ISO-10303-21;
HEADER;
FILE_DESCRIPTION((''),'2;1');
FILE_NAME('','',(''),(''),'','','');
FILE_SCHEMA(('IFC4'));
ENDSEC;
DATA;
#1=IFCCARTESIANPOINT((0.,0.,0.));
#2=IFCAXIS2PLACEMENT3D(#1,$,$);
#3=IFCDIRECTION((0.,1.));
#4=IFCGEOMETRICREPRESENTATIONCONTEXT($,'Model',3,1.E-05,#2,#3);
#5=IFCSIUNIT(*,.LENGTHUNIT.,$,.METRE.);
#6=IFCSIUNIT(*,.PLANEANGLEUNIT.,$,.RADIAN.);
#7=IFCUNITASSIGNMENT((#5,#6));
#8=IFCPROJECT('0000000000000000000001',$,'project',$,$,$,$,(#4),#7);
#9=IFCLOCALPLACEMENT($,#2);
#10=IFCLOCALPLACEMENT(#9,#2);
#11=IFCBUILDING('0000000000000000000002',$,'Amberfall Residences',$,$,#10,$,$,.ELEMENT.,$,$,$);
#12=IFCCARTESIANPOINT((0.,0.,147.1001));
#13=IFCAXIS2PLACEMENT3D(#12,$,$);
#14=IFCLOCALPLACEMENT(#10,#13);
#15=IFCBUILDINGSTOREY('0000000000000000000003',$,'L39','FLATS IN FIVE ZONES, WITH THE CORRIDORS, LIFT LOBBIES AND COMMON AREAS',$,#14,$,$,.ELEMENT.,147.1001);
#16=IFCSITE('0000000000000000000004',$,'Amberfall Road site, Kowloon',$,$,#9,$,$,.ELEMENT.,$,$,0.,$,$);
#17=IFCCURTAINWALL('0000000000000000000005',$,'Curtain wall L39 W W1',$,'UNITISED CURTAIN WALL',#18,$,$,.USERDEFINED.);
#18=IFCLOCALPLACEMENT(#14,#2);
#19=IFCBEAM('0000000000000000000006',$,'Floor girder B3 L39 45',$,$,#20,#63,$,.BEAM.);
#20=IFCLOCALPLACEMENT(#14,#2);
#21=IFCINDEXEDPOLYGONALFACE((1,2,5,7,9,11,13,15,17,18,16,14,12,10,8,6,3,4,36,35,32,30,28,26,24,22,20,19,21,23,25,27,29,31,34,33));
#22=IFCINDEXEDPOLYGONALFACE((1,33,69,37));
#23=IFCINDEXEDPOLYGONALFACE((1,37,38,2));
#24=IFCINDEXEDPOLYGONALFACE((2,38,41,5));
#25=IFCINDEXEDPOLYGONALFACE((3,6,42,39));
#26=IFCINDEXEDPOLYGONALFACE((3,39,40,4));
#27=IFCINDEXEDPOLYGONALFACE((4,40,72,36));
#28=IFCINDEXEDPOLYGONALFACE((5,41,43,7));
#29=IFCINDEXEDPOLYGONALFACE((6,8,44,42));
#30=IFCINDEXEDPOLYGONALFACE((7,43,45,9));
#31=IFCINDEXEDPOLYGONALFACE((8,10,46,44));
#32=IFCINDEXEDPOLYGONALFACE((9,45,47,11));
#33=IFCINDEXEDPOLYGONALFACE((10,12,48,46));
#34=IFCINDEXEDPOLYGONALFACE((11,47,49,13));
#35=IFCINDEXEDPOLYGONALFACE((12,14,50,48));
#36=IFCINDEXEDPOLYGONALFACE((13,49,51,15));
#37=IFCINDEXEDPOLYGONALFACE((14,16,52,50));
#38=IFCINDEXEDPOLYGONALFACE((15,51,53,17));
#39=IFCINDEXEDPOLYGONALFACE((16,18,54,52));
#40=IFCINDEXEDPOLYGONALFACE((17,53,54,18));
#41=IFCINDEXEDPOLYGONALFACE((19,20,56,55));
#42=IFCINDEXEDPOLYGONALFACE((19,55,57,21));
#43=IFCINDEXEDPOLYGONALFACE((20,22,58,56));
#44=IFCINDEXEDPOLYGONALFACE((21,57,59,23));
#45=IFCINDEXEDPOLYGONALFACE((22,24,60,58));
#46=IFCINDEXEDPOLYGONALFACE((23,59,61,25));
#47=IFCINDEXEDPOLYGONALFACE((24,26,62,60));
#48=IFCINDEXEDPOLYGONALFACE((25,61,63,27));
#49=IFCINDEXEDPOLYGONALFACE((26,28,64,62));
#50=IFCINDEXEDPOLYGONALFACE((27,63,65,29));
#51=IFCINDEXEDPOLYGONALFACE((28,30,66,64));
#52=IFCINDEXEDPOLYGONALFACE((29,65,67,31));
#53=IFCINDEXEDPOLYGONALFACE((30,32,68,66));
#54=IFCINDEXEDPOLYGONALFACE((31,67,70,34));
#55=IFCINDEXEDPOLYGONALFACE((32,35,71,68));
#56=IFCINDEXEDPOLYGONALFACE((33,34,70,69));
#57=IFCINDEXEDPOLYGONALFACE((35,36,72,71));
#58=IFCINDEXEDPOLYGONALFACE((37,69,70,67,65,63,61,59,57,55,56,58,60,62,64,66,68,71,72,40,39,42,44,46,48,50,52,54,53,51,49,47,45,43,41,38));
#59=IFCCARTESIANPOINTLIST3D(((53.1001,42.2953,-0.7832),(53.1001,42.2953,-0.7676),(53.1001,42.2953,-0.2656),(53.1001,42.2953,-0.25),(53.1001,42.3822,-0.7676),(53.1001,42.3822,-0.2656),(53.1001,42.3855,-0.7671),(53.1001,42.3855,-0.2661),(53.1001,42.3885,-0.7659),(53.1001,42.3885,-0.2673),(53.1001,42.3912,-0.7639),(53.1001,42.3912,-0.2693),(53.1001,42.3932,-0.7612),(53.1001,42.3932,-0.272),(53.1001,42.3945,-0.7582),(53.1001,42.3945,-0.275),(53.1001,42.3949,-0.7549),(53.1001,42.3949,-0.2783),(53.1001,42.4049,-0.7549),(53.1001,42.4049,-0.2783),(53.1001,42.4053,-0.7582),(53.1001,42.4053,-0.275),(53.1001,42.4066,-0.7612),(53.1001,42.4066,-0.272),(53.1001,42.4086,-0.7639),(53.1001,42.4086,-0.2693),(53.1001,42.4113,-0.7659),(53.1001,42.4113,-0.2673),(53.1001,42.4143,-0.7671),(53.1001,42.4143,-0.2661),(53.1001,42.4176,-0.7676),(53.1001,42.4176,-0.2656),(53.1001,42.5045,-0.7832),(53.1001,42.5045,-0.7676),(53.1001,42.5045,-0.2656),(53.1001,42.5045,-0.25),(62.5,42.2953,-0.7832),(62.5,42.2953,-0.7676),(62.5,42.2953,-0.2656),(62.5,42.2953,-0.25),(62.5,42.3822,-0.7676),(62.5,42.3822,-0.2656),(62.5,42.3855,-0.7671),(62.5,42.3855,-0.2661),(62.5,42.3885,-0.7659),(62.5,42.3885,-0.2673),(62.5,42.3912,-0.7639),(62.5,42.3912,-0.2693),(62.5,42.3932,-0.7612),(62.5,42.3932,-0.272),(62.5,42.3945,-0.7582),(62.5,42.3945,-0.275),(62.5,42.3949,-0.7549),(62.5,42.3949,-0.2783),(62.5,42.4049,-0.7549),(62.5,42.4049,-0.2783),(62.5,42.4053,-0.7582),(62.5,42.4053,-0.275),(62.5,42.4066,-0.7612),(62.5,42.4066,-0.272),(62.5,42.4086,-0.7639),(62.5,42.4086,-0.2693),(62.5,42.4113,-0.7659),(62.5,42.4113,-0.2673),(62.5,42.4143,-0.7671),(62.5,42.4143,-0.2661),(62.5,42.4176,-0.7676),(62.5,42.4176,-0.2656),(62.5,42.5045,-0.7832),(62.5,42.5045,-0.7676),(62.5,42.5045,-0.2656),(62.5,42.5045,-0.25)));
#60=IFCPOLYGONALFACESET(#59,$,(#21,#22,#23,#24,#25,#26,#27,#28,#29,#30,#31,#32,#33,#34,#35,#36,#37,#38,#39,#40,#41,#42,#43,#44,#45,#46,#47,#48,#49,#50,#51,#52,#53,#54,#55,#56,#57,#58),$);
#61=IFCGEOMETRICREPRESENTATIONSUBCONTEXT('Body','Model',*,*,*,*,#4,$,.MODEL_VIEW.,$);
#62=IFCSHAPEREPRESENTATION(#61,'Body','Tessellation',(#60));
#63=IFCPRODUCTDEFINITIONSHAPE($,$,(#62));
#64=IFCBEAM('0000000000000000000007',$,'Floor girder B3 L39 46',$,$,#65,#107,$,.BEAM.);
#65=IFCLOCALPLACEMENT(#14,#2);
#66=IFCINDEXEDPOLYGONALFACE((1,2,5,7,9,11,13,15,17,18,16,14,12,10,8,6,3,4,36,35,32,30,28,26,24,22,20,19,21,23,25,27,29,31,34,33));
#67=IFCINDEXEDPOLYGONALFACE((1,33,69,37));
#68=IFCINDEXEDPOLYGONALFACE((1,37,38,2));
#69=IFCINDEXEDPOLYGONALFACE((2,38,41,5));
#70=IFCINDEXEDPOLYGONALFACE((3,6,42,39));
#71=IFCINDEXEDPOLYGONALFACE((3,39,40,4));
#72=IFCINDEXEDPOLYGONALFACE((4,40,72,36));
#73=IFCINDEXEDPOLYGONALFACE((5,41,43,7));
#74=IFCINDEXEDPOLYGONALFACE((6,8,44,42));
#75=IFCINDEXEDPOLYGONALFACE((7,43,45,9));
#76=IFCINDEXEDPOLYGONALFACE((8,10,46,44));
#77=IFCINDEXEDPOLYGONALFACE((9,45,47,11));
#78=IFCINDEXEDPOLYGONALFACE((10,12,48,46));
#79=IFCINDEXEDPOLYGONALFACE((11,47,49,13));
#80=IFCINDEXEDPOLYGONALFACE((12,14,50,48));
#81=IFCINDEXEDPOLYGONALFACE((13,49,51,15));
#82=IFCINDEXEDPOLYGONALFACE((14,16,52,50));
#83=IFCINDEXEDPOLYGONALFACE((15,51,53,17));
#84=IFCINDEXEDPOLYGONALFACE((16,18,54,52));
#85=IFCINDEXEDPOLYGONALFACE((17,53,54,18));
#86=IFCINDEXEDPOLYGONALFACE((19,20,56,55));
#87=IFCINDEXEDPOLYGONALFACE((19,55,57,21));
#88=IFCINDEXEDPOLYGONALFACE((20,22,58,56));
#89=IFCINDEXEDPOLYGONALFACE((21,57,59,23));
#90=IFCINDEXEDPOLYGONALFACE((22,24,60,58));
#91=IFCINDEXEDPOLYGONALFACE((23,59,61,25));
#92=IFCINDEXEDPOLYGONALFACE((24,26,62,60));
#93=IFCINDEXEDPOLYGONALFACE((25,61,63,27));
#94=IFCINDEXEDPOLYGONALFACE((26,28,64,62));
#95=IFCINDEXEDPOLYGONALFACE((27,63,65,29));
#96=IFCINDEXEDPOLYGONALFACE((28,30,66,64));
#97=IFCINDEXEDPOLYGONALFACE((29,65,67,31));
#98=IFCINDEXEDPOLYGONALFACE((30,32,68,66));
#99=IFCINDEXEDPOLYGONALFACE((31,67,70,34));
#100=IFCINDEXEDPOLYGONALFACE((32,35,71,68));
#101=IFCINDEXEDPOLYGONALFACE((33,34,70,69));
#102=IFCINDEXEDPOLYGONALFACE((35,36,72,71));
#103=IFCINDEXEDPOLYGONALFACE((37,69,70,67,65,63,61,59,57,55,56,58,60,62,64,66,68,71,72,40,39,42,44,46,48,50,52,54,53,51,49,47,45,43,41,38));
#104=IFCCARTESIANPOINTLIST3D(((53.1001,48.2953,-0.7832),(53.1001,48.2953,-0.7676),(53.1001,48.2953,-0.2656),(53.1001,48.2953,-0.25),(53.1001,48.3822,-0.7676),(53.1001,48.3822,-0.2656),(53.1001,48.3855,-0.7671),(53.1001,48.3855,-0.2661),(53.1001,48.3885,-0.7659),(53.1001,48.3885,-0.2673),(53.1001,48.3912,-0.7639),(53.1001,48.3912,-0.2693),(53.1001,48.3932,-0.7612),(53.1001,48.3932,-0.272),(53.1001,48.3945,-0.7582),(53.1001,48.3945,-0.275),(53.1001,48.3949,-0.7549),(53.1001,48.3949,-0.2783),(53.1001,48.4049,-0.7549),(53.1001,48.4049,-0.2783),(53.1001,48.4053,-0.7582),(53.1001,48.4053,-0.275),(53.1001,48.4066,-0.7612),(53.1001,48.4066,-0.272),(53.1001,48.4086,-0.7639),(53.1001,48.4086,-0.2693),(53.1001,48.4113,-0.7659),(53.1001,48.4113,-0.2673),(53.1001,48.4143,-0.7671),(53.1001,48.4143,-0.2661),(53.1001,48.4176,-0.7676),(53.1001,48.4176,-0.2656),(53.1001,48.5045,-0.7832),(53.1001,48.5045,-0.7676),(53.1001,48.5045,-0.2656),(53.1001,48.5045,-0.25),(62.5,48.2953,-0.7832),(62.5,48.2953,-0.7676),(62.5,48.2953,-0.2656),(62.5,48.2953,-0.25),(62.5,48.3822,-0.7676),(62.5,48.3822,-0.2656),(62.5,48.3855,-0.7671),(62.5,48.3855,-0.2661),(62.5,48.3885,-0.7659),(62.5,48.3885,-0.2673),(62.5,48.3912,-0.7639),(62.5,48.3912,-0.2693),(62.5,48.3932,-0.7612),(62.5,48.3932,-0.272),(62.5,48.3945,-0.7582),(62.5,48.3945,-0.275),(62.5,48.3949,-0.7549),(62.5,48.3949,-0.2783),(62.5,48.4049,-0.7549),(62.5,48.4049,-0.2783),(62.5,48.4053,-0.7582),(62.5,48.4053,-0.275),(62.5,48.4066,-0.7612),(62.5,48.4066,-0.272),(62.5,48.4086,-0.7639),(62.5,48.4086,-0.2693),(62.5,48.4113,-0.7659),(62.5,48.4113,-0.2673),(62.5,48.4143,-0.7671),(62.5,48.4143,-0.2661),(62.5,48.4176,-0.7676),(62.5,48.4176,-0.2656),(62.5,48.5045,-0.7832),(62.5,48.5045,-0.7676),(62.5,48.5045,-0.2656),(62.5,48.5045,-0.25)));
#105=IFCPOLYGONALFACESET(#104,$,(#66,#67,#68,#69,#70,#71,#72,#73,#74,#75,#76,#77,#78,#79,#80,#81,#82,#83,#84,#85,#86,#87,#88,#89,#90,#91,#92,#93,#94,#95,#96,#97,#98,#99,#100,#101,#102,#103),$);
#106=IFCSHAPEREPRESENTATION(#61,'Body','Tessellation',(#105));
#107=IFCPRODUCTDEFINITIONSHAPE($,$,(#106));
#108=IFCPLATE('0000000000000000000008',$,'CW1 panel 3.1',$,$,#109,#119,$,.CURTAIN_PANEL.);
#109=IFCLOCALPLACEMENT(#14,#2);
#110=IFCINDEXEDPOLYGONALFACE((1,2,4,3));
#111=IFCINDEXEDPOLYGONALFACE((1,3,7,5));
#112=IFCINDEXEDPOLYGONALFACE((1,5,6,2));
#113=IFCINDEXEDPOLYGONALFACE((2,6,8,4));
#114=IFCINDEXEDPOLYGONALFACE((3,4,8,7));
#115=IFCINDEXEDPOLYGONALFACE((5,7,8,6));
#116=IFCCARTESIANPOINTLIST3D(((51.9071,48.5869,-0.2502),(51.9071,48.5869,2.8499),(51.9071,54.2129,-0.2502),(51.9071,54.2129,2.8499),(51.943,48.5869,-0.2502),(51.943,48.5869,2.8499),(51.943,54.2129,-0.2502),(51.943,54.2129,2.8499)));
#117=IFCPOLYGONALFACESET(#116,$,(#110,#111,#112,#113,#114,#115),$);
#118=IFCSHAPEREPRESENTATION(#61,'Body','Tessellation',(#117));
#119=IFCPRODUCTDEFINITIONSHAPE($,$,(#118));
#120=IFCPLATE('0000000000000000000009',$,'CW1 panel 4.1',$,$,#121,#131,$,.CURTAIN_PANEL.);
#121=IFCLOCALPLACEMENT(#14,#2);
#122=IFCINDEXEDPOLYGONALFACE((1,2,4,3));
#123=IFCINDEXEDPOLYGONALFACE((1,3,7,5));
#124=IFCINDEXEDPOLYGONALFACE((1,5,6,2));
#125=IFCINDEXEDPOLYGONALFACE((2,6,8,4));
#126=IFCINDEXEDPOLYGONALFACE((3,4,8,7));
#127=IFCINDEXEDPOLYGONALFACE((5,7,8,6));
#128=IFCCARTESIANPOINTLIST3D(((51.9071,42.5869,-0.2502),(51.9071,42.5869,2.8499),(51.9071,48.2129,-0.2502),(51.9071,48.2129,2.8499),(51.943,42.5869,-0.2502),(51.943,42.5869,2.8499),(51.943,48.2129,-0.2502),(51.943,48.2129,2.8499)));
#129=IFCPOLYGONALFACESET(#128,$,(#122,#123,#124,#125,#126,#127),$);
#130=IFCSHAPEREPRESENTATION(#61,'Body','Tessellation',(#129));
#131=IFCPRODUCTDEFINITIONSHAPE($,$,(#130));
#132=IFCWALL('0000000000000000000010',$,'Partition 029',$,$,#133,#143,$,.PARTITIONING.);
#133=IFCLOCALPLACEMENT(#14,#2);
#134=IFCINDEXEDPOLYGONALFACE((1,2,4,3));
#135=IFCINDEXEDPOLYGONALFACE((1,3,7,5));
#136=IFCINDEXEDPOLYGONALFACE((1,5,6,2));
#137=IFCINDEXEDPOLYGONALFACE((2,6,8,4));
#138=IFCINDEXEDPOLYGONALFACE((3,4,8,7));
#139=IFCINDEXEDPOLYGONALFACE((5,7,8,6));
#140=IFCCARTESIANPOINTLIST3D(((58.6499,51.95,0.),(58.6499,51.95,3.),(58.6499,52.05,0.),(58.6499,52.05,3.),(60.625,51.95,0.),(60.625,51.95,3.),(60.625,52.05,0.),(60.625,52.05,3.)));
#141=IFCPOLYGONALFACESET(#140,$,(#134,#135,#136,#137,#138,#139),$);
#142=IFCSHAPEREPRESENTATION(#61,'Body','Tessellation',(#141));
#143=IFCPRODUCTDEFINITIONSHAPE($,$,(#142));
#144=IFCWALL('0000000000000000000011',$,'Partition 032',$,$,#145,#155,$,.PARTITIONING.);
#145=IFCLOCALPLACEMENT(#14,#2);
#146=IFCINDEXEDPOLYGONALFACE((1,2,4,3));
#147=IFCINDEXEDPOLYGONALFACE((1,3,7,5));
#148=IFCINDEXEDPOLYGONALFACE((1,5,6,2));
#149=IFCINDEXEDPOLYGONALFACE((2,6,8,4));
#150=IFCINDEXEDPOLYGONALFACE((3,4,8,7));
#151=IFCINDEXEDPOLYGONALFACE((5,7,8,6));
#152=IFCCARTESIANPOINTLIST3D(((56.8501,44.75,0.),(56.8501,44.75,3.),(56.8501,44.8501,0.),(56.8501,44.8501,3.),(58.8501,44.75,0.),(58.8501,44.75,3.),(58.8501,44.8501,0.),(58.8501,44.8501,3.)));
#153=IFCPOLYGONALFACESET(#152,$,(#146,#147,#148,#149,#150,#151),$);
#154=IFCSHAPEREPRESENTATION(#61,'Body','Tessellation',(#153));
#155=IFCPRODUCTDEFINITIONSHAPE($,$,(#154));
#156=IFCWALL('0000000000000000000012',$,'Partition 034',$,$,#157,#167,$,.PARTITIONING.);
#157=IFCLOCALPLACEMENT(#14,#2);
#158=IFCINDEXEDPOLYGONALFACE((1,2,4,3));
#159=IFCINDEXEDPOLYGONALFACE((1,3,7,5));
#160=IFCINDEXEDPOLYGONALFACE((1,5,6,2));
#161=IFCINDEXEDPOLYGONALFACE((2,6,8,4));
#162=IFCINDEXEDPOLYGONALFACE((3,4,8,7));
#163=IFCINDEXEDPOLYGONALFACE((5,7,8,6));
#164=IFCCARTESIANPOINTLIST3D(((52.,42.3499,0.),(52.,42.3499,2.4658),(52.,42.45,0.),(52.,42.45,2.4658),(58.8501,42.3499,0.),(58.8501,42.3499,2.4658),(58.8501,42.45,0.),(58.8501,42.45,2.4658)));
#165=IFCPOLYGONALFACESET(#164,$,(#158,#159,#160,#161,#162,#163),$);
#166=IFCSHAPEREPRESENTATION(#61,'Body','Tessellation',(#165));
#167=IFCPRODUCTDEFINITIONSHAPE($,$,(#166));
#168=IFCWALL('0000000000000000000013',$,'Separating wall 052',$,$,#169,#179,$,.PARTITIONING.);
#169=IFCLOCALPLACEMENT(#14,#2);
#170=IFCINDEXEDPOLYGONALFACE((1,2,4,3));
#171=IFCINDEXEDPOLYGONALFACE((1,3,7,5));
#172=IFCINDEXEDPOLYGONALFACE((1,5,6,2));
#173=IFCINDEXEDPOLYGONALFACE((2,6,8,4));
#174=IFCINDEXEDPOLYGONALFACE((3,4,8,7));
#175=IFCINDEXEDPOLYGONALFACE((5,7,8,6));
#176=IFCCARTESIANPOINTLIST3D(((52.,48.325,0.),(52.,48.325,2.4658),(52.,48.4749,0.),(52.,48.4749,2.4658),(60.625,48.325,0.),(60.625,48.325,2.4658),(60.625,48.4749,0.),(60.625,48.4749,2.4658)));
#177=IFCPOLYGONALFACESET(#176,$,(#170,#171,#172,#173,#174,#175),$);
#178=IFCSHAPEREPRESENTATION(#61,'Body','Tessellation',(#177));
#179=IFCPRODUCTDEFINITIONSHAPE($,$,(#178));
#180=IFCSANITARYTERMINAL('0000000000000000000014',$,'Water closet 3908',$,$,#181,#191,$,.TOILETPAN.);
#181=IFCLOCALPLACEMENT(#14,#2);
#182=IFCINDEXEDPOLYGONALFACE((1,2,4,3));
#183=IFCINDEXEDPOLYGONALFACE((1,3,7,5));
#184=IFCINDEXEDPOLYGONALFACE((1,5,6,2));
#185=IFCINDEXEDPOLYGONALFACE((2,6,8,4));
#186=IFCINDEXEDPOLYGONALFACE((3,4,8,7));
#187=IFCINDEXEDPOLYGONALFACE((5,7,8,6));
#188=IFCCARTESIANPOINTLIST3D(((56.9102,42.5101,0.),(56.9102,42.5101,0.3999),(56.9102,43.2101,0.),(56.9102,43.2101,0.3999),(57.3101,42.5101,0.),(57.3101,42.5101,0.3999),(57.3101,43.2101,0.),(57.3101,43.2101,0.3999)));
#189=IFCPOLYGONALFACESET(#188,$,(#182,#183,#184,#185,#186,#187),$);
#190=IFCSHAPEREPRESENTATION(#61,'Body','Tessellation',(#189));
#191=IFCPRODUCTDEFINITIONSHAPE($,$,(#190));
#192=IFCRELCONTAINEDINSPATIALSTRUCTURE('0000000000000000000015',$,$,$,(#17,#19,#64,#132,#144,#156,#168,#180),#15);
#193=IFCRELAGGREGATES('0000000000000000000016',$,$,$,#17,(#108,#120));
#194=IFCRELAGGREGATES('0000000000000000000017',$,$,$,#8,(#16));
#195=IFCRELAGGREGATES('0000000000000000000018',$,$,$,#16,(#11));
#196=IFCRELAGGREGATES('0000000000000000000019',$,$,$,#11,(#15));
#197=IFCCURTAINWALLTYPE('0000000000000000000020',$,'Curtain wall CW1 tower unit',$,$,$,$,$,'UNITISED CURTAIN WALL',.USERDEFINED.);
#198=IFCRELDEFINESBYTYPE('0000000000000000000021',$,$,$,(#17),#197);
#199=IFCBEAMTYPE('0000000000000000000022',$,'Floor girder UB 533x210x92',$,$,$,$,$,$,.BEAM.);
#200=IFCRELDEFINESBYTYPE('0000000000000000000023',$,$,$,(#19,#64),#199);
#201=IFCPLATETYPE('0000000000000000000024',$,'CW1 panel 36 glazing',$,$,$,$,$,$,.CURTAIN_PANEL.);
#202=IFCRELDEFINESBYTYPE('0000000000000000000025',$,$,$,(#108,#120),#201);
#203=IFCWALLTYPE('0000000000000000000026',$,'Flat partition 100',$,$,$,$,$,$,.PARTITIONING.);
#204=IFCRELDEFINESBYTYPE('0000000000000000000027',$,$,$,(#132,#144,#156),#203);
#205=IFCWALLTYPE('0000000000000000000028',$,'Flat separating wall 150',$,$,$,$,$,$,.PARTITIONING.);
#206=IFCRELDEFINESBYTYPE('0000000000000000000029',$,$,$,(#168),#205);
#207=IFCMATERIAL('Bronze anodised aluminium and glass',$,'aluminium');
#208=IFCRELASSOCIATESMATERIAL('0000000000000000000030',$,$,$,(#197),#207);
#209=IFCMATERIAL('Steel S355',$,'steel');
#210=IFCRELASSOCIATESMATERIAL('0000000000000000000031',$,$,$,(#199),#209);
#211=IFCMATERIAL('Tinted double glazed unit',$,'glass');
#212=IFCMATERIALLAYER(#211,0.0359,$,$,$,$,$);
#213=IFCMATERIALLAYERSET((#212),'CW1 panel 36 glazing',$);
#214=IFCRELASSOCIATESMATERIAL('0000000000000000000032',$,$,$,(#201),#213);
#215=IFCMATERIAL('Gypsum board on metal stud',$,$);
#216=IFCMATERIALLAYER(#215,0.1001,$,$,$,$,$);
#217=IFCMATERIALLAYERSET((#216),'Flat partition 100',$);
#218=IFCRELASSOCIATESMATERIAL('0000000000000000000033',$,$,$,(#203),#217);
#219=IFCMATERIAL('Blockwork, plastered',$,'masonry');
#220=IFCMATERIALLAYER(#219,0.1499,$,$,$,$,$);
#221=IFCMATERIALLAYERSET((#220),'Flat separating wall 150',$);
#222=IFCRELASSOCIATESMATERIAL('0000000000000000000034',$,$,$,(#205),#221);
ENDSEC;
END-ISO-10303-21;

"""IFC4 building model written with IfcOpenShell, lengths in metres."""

from ifc_helpers import new_model, si_unit, direction, frame, frame_2d, origin, origin_2d, place, context, subcontext, project, spatial, rectangle, i_section, extrude, material, layer, layer_set, material_profile, profile_set, type_object, element, aggregate, save


model = new_model("IFC4")

# Units and contexts
model_context = context("Model", 3, precision=1e-05, world=origin(), true_north=direction((0.0, 1.0)))
body_context = subcontext(model_context, "Body", "Model", "MODEL_VIEW")
ifc_project = project(units=[si_unit("LENGTHUNIT", "METRE"), si_unit("PLANEANGLEUNIT", "RADIAN")], contexts=[model_context])

# Site, building, storey
site_placement = place(None, origin())
site = spatial("IfcSite", under=ifc_project, at=site_placement, Name="Amberfall Road site, Kowloon", CompositionType="ELEMENT", RefElevation=0.0)
building_placement = place(site_placement, origin())
building = spatial("IfcBuilding", under=site, at=building_placement, Name="Amberfall Residences", CompositionType="ELEMENT")
storey_placement = place(building_placement, frame((0.0, 0.0, 147.1001)))
storey = spatial("IfcBuildingStorey", under=building, at=storey_placement, Name="L39", Description="FLATS IN FIVE ZONES, WITH THE CORRIDORS, LIFT LOBBIES AND COMMON AREAS", CompositionType="ELEMENT", Elevation=147.1001)

# Curtain wall
ifc_material_1 = material(Name="Bronze anodised aluminium and glass", Category="aluminium")
curtain_wall_type = type_object("IfcCurtainWallType", Name="Curtain wall CW1 tower unit", ElementType="UNITISED CURTAIN WALL", PredefinedType="USERDEFINED", material=ifc_material_1)
curtain_wall_placement = place(storey_placement, origin())
curtain_wall = element("IfcCurtainWall", 1, at=curtain_wall_placement, inside=storey, type_object=curtain_wall_type, Name="Curtain wall L39 W W1", ObjectType="UNITISED CURTAIN WALL", PredefinedType="USERDEFINED")

# Shared definitions
ifc_material_2 = material(Name="Steel S355", Category="steel")

# Beams
ifc_material_profile_1 = material_profile(ifc_material_2, i_section(OverallWidth=0.2092, OverallDepth=0.5332, WebThickness=0.01, FlangeThickness=0.0156, FilletRadius=0.0127, at=origin_2d()), Name="UB 533x210x92")
ifc_profile_set_1 = profile_set([ifc_material_profile_1], Name="Steel S355")
beam_type_1 = type_object("IfcBeamType", Name="Floor girder UB 533x210x92", PredefinedType="BEAM", material=ifc_profile_set_1)
for number, where, z_axis, x_axis, name in (
    (2, (53.1001, 42.3999, -0.5166), (1.0, 0.0, 0.0), (0.0, 1.0, 0.0), "Floor girder B3 L39 45"),
    (3, (53.1001, 48.3999, -0.5166), (1.0, 0.0, 0.0), (0.0, 1.0, 0.0), "Floor girder B3 L39 46"),
):
    element("IfcBeam", number, at=place(storey_placement, frame(where, z_axis=z_axis, x_axis=x_axis)), inside=storey, type_object=beam_type_1, Name=name, PredefinedType="BEAM", context=body_context, shape_type="SweptSolid", body=[
        extrude(i_section(OverallWidth=0.2092, OverallDepth=0.5332, WebThickness=0.01, FlangeThickness=0.0156, FilletRadius=0.0127, at=origin_2d()), origin(), (0.0, 0.0, 1.0), 9.3999),
    ])

# Plates
ifc_material_3 = material(Name="Tinted double glazed unit", Category="glass")
ifc_layer_1 = layer(ifc_material_3, 0.0359)
ifc_layer_set_1 = layer_set([ifc_layer_1], Name="CW1 panel 36 glazing")
plate_type = type_object("IfcPlateType", Name="CW1 panel 36 glazing", PredefinedType="CURTAIN_PANEL", material=ifc_layer_set_1)
plate_1_placement = place(storey_placement, frame((51.925, 51.3999, -0.2502), z_axis=(0.0, 0.0, 1.0), x_axis=(0.0, -1.0, 0.0)))
plate_1 = element("IfcPlate", 4, at=plate_1_placement, type_object=plate_type, Name="CW1 panel 3.1", PredefinedType="CURTAIN_PANEL", context=body_context, shape_type="SweptSolid", body=[
    extrude(rectangle(XDim=5.626, YDim=0.0359, at=origin_2d()), origin(), (0.0, 0.0, 1.0), 3.1001),
])
plate_2_placement = place(storey_placement, frame((51.925, 45.3999, -0.2502), z_axis=(0.0, 0.0, 1.0), x_axis=(0.0, -1.0, 0.0)))
plate_2 = element("IfcPlate", 5, at=plate_2_placement, type_object=plate_type, Name="CW1 panel 4.1", PredefinedType="CURTAIN_PANEL", context=body_context, shape_type="SweptSolid", body=[
    extrude(rectangle(XDim=5.626, YDim=0.0359, at=origin_2d()), origin(), (0.0, 0.0, 1.0), 3.1001),
])
aggregate(curtain_wall, [plate_1, plate_2])

# Walls
ifc_material_4 = material(Name="Gypsum board on metal stud")
ifc_layer_2 = layer(ifc_material_4, 0.1001)
ifc_layer_set_2 = layer_set([ifc_layer_2], Name="Flat partition 100")
wall_type_1 = type_object("IfcWallType", Name="Flat partition 100", PredefinedType="PARTITIONING", material=ifc_layer_set_2)
wall_1_placement = place(storey_placement, frame((58.6499, 52.0, 0.0), z_axis=(0.0, 0.0, 1.0), x_axis=(1.0, 0.0, 0.0)))
element("IfcWall", 6, at=wall_1_placement, inside=storey, type_object=wall_type_1, Name="Partition 029", PredefinedType="PARTITIONING", context=body_context, shape_type="SweptSolid", body=[
    extrude(rectangle(XDim=1.9751, YDim=0.1001, at=frame_2d((0.9875, 0.0))), origin(), (0.0, 0.0, 1.0), 3.0),
])
wall_2_placement = place(storey_placement, frame((56.8501, 44.8, 0.0), z_axis=(0.0, 0.0, 1.0), x_axis=(1.0, 0.0, 0.0)))
element("IfcWall", 7, at=wall_2_placement, inside=storey, type_object=wall_type_1, Name="Partition 032", PredefinedType="PARTITIONING", context=body_context, shape_type="SweptSolid", body=[
    extrude(rectangle(XDim=2.0, YDim=0.1001, at=frame_2d((1.0, 0.0))), origin(), (0.0, 0.0, 1.0), 3.0),
])
wall_3_placement = place(storey_placement, frame((52.0, 42.3999, 0.0), z_axis=(0.0, 0.0, 1.0), x_axis=(1.0, 0.0, 0.0)))
element("IfcWall", 8, at=wall_3_placement, inside=storey, type_object=wall_type_1, Name="Partition 034", PredefinedType="PARTITIONING", context=body_context, shape_type="SweptSolid", body=[
    extrude(rectangle(XDim=6.8501, YDim=0.1001, at=frame_2d((3.425, 0.0))), origin(), (0.0, 0.0, 1.0), 2.4658),
])
ifc_material_5 = material(Name="Blockwork, plastered", Category="masonry")
ifc_layer_3 = layer(ifc_material_5, 0.1499)
ifc_layer_set_3 = layer_set([ifc_layer_3], Name="Flat separating wall 150")
wall_type_2 = type_object("IfcWallType", Name="Flat separating wall 150", PredefinedType="PARTITIONING", material=ifc_layer_set_3)
wall_4_placement = place(storey_placement, frame((52.0, 48.3999, 0.0), z_axis=(0.0, 0.0, 1.0), x_axis=(1.0, 0.0, 0.0)))
element("IfcWall", 9, at=wall_4_placement, inside=storey, type_object=wall_type_2, Name="Separating wall 052", PredefinedType="PARTITIONING", context=body_context, shape_type="SweptSolid", body=[
    extrude(rectangle(XDim=8.625, YDim=0.1499, at=frame_2d((4.3125, 0.0))), origin(), (0.0, 0.0, 1.0), 2.4658),
])

# Sanitary terminal
sanitary_terminal_1_placement = place(storey_placement, frame((57.1101, 42.8601, 0.0), z_axis=(0.0, 0.0, 1.0), x_axis=(1.0, 0.0, 0.0)))
element("IfcSanitaryTerminal", 10, at=sanitary_terminal_1_placement, inside=storey, Name="Water closet 3908", PredefinedType="TOILETPAN", context=body_context, shape_type="SweptSolid", body=[
    extrude(rectangle(XDim=0.3999, YDim=0.7, at=origin_2d()), origin(), (0.0, 0.0, 1.0), 0.3999),
])

save(model, "model.ifc")
